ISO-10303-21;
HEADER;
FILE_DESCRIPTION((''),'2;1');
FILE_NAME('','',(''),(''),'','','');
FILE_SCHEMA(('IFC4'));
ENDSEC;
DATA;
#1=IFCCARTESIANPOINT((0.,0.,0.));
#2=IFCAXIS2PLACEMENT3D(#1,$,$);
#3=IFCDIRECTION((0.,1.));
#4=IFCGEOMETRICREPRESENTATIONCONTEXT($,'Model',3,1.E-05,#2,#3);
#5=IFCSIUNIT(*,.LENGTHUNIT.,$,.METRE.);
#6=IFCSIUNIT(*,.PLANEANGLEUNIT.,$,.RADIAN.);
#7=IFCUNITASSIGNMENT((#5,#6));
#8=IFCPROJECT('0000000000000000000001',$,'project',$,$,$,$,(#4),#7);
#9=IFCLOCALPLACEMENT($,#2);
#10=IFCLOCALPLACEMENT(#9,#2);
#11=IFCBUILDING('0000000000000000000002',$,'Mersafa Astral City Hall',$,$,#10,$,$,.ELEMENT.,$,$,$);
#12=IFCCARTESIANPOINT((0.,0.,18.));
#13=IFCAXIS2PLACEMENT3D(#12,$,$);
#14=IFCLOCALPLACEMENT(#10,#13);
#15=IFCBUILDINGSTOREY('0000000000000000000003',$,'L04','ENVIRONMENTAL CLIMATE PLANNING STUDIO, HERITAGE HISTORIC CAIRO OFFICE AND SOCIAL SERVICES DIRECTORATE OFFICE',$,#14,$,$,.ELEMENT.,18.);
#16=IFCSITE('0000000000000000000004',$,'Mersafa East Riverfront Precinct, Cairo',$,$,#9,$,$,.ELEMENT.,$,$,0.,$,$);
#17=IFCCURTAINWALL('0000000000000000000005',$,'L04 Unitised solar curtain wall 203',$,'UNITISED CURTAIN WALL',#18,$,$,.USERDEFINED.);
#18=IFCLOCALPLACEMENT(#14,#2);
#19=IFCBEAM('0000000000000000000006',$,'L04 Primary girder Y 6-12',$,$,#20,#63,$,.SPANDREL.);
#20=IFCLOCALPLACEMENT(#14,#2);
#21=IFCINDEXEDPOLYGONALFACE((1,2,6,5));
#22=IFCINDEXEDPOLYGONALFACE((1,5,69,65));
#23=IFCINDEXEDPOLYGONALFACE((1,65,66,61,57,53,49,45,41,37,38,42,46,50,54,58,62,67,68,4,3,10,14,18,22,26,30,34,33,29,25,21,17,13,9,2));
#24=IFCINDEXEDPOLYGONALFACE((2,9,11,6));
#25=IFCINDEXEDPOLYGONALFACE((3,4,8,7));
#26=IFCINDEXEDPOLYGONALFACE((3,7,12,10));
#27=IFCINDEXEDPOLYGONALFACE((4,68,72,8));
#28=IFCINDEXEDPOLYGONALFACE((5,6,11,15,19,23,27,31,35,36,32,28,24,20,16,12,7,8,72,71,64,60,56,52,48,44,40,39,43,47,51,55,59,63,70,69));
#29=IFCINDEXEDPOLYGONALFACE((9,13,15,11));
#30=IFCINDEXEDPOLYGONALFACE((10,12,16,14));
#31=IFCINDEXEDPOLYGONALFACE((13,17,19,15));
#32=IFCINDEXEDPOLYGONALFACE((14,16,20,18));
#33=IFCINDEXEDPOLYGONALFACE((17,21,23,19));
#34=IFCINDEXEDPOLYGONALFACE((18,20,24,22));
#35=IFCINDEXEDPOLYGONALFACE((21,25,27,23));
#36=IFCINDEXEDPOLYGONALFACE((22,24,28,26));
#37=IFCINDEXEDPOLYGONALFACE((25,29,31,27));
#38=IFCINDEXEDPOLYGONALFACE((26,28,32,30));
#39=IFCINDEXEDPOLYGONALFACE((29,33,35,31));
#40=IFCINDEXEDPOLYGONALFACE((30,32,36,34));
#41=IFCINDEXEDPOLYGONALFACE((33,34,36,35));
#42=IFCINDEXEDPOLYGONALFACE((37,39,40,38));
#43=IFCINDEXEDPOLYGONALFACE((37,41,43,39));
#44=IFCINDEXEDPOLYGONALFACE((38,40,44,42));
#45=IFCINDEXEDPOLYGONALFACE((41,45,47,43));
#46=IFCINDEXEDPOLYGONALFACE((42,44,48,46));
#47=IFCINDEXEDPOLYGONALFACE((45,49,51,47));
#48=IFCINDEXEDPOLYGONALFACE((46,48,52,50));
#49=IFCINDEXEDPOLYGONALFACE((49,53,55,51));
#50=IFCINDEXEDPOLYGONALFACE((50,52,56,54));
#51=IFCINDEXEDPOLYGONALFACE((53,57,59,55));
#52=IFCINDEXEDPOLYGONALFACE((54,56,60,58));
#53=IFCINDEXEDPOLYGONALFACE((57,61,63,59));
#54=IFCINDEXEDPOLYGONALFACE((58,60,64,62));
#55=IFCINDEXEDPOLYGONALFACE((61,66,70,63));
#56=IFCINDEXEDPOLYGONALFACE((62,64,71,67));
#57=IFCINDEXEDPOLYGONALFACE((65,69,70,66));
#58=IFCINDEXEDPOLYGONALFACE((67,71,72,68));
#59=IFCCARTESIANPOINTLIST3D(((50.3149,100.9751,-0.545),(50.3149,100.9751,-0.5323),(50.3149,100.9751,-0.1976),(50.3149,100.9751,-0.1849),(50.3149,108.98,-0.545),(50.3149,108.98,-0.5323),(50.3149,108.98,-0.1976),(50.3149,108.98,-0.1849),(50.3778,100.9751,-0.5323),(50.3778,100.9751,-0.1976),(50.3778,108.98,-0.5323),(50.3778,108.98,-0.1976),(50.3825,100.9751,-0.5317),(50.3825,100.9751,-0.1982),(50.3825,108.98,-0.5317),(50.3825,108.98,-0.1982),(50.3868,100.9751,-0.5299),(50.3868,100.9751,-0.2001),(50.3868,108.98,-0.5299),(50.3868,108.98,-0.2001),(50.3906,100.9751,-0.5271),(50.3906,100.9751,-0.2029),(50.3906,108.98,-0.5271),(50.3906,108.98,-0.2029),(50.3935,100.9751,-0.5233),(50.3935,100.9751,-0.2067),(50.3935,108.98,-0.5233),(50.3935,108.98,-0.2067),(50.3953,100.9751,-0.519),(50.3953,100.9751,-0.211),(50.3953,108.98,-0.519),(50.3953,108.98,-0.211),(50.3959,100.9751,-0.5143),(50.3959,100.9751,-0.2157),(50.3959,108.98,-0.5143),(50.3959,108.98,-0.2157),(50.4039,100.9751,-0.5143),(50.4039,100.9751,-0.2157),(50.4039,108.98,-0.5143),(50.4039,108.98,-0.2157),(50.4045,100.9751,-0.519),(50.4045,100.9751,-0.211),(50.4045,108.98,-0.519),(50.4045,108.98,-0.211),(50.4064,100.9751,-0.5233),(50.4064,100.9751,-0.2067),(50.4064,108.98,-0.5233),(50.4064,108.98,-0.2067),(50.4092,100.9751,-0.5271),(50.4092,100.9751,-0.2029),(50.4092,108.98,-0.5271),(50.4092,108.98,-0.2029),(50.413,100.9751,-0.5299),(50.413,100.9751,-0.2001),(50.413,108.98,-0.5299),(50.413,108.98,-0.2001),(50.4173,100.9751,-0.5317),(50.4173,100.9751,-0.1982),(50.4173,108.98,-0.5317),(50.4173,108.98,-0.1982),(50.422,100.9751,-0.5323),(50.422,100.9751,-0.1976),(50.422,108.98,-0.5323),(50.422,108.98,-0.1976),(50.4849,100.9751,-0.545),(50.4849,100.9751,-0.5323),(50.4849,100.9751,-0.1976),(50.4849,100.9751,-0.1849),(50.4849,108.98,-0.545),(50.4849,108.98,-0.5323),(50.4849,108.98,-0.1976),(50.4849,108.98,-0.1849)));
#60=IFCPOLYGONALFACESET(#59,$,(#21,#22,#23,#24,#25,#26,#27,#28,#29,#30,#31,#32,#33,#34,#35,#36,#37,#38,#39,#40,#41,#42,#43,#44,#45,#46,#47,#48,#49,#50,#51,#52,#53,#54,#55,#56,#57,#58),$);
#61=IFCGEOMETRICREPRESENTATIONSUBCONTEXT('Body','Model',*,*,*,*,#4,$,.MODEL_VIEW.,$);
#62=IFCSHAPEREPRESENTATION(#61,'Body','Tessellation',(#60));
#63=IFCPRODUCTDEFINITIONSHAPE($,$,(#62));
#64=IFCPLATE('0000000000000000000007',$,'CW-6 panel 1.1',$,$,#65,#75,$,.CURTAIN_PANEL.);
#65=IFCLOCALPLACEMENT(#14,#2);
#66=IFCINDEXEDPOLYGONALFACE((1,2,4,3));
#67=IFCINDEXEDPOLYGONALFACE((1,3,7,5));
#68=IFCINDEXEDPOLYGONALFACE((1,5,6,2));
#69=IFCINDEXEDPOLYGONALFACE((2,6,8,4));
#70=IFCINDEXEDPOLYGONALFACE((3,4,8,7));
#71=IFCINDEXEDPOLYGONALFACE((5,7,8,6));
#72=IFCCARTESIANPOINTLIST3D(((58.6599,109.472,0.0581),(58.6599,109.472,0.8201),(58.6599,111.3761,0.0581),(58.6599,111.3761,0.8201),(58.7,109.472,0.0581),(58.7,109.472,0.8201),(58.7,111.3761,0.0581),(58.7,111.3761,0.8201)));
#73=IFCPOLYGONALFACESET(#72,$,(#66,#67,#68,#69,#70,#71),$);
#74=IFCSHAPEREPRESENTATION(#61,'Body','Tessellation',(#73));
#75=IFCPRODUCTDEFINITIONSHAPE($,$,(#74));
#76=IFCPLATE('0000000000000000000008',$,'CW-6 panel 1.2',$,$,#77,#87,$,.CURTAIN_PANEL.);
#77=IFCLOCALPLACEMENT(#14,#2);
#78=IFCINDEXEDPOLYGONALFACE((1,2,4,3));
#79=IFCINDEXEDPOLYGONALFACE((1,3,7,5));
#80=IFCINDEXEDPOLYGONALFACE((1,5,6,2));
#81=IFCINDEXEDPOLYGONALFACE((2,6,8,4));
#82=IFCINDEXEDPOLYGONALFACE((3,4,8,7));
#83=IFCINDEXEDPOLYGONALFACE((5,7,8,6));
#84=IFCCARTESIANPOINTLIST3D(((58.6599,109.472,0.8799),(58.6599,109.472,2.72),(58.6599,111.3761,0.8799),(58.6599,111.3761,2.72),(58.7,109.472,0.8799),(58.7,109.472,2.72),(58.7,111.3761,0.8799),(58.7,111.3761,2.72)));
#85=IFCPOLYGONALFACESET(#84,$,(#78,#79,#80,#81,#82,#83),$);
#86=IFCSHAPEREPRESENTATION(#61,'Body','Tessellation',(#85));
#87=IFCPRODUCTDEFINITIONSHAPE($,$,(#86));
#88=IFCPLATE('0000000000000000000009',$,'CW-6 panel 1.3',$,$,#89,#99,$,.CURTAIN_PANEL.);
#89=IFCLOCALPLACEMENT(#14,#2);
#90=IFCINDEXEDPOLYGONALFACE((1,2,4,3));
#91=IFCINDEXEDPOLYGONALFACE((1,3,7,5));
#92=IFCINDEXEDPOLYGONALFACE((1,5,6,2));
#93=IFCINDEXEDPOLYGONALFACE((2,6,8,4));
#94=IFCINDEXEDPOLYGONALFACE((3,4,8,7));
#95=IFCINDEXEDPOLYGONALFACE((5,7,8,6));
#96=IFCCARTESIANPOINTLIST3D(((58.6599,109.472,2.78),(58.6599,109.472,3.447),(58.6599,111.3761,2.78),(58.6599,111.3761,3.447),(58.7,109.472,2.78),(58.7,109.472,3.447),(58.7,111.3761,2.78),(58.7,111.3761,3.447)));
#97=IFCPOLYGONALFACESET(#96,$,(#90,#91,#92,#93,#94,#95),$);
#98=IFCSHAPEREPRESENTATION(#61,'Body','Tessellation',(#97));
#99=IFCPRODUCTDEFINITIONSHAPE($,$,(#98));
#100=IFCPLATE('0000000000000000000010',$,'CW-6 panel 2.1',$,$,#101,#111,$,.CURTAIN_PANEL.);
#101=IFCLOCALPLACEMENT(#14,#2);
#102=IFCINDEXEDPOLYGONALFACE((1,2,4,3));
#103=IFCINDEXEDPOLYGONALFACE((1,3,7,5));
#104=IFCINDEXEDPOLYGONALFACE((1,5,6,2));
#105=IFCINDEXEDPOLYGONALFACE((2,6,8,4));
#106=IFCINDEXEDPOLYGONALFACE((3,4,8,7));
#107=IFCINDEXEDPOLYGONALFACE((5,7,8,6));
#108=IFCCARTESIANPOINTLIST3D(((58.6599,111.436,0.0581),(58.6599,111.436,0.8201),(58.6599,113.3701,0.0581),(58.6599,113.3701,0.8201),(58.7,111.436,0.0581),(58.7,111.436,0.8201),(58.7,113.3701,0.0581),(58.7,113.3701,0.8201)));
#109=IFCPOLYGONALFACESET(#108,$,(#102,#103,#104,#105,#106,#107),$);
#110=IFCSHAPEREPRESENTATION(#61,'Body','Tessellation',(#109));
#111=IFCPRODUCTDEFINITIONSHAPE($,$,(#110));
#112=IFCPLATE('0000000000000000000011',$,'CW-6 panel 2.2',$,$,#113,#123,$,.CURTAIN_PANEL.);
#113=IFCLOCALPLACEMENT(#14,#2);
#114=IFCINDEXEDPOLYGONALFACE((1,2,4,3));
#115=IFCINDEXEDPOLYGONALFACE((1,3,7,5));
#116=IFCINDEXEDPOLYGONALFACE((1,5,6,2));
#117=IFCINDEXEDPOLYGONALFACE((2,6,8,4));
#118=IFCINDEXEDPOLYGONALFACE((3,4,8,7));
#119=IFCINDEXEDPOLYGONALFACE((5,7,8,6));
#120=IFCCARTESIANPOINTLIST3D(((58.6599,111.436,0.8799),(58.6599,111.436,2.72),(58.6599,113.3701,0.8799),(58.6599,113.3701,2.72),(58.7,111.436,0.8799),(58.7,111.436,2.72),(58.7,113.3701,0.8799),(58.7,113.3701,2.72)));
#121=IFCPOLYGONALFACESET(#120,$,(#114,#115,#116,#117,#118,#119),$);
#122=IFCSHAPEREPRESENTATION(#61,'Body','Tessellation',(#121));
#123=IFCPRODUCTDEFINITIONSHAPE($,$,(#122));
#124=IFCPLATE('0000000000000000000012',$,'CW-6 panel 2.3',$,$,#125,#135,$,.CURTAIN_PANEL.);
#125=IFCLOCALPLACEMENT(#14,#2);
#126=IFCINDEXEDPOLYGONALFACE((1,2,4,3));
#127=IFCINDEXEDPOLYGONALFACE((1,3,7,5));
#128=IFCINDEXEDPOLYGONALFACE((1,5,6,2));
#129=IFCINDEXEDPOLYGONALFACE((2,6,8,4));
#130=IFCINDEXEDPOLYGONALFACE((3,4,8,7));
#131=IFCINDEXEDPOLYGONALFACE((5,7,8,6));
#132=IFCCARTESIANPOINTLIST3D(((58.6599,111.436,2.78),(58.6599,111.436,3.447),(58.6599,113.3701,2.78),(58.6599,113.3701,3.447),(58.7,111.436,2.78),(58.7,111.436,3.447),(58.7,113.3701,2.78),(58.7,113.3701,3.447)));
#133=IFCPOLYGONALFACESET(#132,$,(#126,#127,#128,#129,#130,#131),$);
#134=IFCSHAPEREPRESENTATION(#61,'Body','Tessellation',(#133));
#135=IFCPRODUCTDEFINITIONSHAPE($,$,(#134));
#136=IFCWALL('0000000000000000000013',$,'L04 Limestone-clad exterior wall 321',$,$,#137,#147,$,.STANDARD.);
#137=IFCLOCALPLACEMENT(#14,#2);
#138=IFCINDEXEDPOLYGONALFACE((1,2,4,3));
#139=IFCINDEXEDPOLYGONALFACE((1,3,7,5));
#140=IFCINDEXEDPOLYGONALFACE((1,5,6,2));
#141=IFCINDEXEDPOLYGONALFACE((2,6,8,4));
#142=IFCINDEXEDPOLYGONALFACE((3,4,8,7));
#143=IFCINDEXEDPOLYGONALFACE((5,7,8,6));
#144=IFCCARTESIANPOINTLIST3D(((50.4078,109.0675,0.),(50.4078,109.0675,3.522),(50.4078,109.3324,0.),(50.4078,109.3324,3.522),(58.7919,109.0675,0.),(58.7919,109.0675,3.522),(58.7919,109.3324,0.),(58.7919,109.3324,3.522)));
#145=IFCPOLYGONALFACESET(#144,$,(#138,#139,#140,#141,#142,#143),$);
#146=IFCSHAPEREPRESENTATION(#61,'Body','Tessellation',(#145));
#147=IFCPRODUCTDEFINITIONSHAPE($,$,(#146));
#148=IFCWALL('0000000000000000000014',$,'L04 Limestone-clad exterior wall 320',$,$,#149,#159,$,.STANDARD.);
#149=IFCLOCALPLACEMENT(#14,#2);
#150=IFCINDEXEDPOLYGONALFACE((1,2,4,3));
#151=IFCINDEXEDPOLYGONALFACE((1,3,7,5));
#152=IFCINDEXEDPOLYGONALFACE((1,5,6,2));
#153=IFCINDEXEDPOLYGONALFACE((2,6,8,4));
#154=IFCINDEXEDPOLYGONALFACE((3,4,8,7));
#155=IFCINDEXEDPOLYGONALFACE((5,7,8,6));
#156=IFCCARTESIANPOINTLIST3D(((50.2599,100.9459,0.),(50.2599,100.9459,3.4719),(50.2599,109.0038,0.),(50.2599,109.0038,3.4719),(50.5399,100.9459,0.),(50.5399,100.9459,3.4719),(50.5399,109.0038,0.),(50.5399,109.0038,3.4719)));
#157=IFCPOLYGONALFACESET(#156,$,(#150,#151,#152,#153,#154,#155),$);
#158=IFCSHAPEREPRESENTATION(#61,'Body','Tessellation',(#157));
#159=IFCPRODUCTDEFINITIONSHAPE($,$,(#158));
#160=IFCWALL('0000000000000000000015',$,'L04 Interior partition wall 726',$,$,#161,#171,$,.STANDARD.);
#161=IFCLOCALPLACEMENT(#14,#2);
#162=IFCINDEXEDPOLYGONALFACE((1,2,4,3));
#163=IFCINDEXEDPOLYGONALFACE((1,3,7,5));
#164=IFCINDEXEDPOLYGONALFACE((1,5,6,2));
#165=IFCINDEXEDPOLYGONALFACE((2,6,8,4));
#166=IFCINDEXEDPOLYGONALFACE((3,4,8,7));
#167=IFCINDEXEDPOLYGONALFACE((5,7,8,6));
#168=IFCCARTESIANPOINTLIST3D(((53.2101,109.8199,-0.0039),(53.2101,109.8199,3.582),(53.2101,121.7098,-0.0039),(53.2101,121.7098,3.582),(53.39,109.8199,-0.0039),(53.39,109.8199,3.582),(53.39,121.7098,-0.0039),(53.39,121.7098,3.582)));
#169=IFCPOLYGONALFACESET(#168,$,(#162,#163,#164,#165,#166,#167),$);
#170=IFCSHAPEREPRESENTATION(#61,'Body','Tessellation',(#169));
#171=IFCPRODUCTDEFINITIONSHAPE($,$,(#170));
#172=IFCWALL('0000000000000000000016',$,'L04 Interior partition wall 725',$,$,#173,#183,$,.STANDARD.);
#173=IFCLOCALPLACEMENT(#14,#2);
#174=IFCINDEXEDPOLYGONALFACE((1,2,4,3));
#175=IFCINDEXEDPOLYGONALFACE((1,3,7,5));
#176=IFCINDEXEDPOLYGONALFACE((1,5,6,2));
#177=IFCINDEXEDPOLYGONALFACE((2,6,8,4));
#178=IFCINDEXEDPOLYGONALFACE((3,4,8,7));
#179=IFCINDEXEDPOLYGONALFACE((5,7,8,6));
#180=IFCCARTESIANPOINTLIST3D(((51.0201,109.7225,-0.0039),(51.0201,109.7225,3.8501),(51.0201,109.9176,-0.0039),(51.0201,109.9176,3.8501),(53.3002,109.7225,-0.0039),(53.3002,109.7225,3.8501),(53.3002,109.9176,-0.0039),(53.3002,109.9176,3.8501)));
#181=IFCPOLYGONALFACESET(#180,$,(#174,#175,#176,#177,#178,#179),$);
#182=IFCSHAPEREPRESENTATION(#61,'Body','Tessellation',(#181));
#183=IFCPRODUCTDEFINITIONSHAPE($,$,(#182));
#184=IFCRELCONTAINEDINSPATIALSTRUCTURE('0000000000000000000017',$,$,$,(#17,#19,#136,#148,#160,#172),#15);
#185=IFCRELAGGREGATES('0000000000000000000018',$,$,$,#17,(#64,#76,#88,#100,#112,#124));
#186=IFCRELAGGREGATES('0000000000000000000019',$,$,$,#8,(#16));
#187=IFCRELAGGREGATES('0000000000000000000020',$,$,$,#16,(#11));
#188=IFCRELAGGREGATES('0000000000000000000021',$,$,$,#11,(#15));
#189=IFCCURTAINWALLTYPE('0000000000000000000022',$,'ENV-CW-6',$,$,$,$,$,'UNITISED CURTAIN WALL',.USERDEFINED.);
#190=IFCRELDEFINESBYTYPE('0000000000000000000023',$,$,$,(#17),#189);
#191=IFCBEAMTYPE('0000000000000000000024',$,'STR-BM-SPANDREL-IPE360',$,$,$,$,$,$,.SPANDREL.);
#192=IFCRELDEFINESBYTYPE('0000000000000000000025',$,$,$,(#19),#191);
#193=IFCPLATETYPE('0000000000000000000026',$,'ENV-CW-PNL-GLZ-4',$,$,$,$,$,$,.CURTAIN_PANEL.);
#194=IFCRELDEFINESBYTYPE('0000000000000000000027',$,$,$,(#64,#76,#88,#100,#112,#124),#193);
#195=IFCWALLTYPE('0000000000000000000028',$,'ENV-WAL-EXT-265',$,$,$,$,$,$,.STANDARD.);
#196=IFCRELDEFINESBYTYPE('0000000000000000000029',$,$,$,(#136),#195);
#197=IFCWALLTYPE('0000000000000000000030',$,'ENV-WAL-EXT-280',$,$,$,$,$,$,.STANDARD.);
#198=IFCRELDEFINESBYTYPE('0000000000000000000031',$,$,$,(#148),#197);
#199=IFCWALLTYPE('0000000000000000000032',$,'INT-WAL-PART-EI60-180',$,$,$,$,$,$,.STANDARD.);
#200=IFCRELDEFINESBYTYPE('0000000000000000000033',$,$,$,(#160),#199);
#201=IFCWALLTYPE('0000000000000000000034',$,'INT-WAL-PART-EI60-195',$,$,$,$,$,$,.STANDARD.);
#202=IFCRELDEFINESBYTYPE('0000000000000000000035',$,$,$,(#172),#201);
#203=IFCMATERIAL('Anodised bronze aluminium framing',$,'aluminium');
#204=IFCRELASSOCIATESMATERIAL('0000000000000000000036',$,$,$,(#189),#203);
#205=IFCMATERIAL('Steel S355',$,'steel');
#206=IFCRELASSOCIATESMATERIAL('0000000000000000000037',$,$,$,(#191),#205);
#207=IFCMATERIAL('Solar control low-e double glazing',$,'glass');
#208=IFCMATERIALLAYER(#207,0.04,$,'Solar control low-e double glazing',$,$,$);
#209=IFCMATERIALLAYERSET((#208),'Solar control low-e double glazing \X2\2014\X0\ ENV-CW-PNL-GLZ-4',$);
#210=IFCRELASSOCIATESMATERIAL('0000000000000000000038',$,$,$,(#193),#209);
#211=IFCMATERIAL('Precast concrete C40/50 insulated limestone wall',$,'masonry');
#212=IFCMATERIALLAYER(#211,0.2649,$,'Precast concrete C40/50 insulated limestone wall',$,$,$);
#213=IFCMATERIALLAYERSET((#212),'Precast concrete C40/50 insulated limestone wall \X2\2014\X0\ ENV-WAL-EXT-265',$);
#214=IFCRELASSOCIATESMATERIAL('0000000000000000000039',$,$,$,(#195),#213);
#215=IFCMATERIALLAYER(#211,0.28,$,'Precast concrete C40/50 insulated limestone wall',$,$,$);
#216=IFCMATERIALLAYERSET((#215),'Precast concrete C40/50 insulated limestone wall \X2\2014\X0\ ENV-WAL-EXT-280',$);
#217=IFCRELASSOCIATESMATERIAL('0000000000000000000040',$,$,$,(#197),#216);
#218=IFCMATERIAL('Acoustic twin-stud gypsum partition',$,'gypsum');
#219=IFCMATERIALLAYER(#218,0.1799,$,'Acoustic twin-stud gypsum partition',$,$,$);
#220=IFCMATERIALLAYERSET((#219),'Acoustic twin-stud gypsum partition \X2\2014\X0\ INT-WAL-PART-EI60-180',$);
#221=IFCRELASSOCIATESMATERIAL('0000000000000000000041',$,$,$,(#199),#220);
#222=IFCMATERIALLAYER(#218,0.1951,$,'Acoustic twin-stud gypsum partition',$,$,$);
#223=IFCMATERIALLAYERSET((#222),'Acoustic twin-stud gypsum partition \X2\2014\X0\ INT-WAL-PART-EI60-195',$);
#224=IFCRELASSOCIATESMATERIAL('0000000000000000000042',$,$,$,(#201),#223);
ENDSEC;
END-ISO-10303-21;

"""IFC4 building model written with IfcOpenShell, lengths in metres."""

from ifc_helpers import new_model, si_unit, direction, frame, frame_2d, origin, origin_2d, place, context, subcontext, project, spatial, rectangle, i_section, extrude, material, layer, layer_set, material_profile, profile_set, type_object, element, aggregate, save


model = new_model("IFC4")

# Units and contexts
model_context = context("Model", 3, precision=1e-05, world=origin(), true_north=direction((0.0, 1.0)))
body_context = subcontext(model_context, "Body", "Model", "MODEL_VIEW")
ifc_project = project(units=[si_unit("LENGTHUNIT", "METRE"), si_unit("PLANEANGLEUNIT", "RADIAN")], contexts=[model_context])

# Site, building, storey
site_placement = place(None, origin())
site = spatial("IfcSite", under=ifc_project, at=site_placement, Name="Mersafa East Riverfront Precinct, Cairo", CompositionType="ELEMENT", RefElevation=0.0)
building_placement = place(site_placement, origin())
building = spatial("IfcBuilding", under=site, at=building_placement, Name="Mersafa Astral City Hall", CompositionType="ELEMENT")
storey_placement = place(building_placement, frame((0.0, 0.0, 18.0)))
storey = spatial("IfcBuildingStorey", under=building, at=storey_placement, Name="L04", Description="ENVIRONMENTAL CLIMATE PLANNING STUDIO, HERITAGE HISTORIC CAIRO OFFICE AND SOCIAL SERVICES DIRECTORATE OFFICE", CompositionType="ELEMENT", Elevation=18.0)

# Shared definitions
ifc_material_1 = material(Name="Steel S355", Category="steel")

# Curtain wall
ifc_material_2 = material(Name="Anodised bronze aluminium framing", Category="aluminium")
curtain_wall_type = type_object("IfcCurtainWallType", Name="ENV-CW-6", ElementType="UNITISED CURTAIN WALL", PredefinedType="USERDEFINED", material=ifc_material_2)
curtain_wall_placement = place(storey_placement, origin())
curtain_wall = element("IfcCurtainWall", 1, at=curtain_wall_placement, inside=storey, type_object=curtain_wall_type, Name="L04 Unitised solar curtain wall 203", ObjectType="UNITISED CURTAIN WALL", PredefinedType="USERDEFINED")

# Beam
ifc_material_profile_1 = material_profile(ifc_material_1, i_section(OverallWidth=0.1699, OverallDepth=0.3601, WebThickness=0.0081, FlangeThickness=0.0127, FilletRadius=0.0181, at=origin_2d()), Name="IPE 360")
ifc_profile_set_1 = profile_set([ifc_material_profile_1], Name="Steel S355")
beam_type_1 = type_object("IfcBeamType", Name="STR-BM-SPANDREL-IPE360", PredefinedType="SPANDREL", material=ifc_profile_set_1)
beam_1_placement = place(storey_placement, frame((50.3999, 100.9751, -0.365), z_axis=(0.0, 1.0, 0.0), x_axis=(-1.0, 0.0, 0.0)))
element("IfcBeam", 2, at=beam_1_placement, inside=storey, type_object=beam_type_1, Name="L04 Primary girder Y 6-12", PredefinedType="SPANDREL", context=body_context, shape_type="SweptSolid", body=[
    extrude(i_section(OverallWidth=0.1699, OverallDepth=0.3601, WebThickness=0.0081, FlangeThickness=0.0127, FilletRadius=0.0181, at=origin_2d()), origin(), (0.0, 0.0, 1.0), 8.0049),
])

# Plates
ifc_material_3 = material(Name="Solar control low-e double glazing", Category="glass")
ifc_layer_1 = layer(ifc_material_3, 0.04, Name="Solar control low-e double glazing")
ifc_layer_set_1 = layer_set([ifc_layer_1], Name="Solar control low-e double glazing — ENV-CW-PNL-GLZ-4")
plate_type = type_object("IfcPlateType", Name="ENV-CW-PNL-GLZ-4", PredefinedType="CURTAIN_PANEL", material=ifc_layer_set_1)
plate_1_placement = place(storey_placement, frame((58.6799, 110.4241, 0.0581), z_axis=(0.0, 0.0, 1.0), x_axis=(0.0, 1.0, 0.0)))
plate_1 = element("IfcPlate", 3, at=plate_1_placement, type_object=plate_type, Name="CW-6 panel 1.1", PredefinedType="CURTAIN_PANEL", context=body_context, shape_type="SweptSolid", body=[
    extrude(rectangle(XDim=1.9041, YDim=0.04, at=origin_2d()), origin(), (0.0, 0.0, 1.0), 0.762),
])
plate_2_placement = place(storey_placement, frame((58.6799, 110.4241, 0.8799), z_axis=(0.0, 0.0, 1.0), x_axis=(0.0, 1.0, 0.0)))
plate_2 = element("IfcPlate", 4, at=plate_2_placement, type_object=plate_type, Name="CW-6 panel 1.2", PredefinedType="CURTAIN_PANEL", context=body_context, shape_type="SweptSolid", body=[
    extrude(rectangle(XDim=1.9041, YDim=0.04, at=origin_2d()), origin(), (0.0, 0.0, 1.0), 1.8401),
])
plate_3_placement = place(storey_placement, frame((58.6799, 110.4241, 2.78), z_axis=(0.0, 0.0, 1.0), x_axis=(0.0, 1.0, 0.0)))
plate_3 = element("IfcPlate", 5, at=plate_3_placement, type_object=plate_type, Name="CW-6 panel 1.3", PredefinedType="CURTAIN_PANEL", context=body_context, shape_type="SweptSolid", body=[
    extrude(rectangle(XDim=1.9041, YDim=0.04, at=origin_2d()), origin(), (0.0, 0.0, 1.0), 0.667),
])
plate_4_placement = place(storey_placement, frame((58.6799, 112.4031, 0.0581), z_axis=(0.0, 0.0, 1.0), x_axis=(0.0, 1.0, 0.0)))
plate_4 = element("IfcPlate", 6, at=plate_4_placement, type_object=plate_type, Name="CW-6 panel 2.1", PredefinedType="CURTAIN_PANEL", context=body_context, shape_type="SweptSolid", body=[
    extrude(rectangle(XDim=1.9341, YDim=0.04, at=origin_2d()), origin(), (0.0, 0.0, 1.0), 0.762),
])
plate_5_placement = place(storey_placement, frame((58.6799, 112.4031, 0.8799), z_axis=(0.0, 0.0, 1.0), x_axis=(0.0, 1.0, 0.0)))
plate_5 = element("IfcPlate", 7, at=plate_5_placement, type_object=plate_type, Name="CW-6 panel 2.2", PredefinedType="CURTAIN_PANEL", context=body_context, shape_type="SweptSolid", body=[
    extrude(rectangle(XDim=1.9341, YDim=0.04, at=origin_2d()), origin(), (0.0, 0.0, 1.0), 1.8401),
])
plate_6_placement = place(storey_placement, frame((58.6799, 112.4031, 2.78), z_axis=(0.0, 0.0, 1.0), x_axis=(0.0, 1.0, 0.0)))
plate_6 = element("IfcPlate", 8, at=plate_6_placement, type_object=plate_type, Name="CW-6 panel 2.3", PredefinedType="CURTAIN_PANEL", context=body_context, shape_type="SweptSolid", body=[
    extrude(rectangle(XDim=1.9341, YDim=0.04, at=origin_2d()), origin(), (0.0, 0.0, 1.0), 0.667),
])
aggregate(curtain_wall, [plate_1, plate_2, plate_3, plate_4, plate_5, plate_6])

# Walls
ifc_material_4 = material(Name="Precast concrete C40/50 insulated limestone wall", Category="masonry")
ifc_layer_2 = layer(ifc_material_4, 0.2649, Name="Precast concrete C40/50 insulated limestone wall")
ifc_layer_set_2 = layer_set([ifc_layer_2], Name="Precast concrete C40/50 insulated limestone wall — ENV-WAL-EXT-265")
wall_type_1 = type_object("IfcWallType", Name="ENV-WAL-EXT-265", PredefinedType="STANDARD", material=ifc_layer_set_2)
wall_1_placement = place(storey_placement, frame((50.408, 109.2, 0.0), z_axis=(0.0, 0.0, 1.0), x_axis=(1.0, 0.0, 0.0)))
element("IfcWall", 9, at=wall_1_placement, inside=storey, type_object=wall_type_1, Name="L04 Limestone-clad exterior wall 321", PredefinedType="STANDARD", context=body_context, shape_type="SweptSolid", body=[
    extrude(rectangle(XDim=8.384, YDim=0.2649, at=frame_2d((4.1919, 0.0))), origin(), (0.0, 0.0, 1.0), 3.522),
])
ifc_layer_3 = layer(ifc_material_4, 0.28, Name="Precast concrete C40/50 insulated limestone wall")
ifc_layer_set_3 = layer_set([ifc_layer_3], Name="Precast concrete C40/50 insulated limestone wall — ENV-WAL-EXT-280")
wall_type_2 = type_object("IfcWallType", Name="ENV-WAL-EXT-280", PredefinedType="STANDARD", material=ifc_layer_set_3)
wall_2_placement = place(storey_placement, frame((50.3999, 100.946, 0.0), z_axis=(0.0, 0.0, 1.0), x_axis=(0.0, 1.0, 0.0)))
element("IfcWall", 10, at=wall_2_placement, inside=storey, type_object=wall_type_2, Name="L04 Limestone-clad exterior wall 320", PredefinedType="STANDARD", context=body_context, shape_type="SweptSolid", body=[
    extrude(rectangle(XDim=8.0579, YDim=0.28, at=frame_2d((4.0288, 0.0))), origin(), (0.0, 0.0, 1.0), 3.4719),
])
ifc_material_5 = material(Name="Acoustic twin-stud gypsum partition", Category="gypsum")
ifc_layer_4 = layer(ifc_material_5, 0.1799, Name="Acoustic twin-stud gypsum partition")
ifc_layer_set_4 = layer_set([ifc_layer_4], Name="Acoustic twin-stud gypsum partition — INT-WAL-PART-EI60-180")
wall_type_3 = type_object("IfcWallType", Name="INT-WAL-PART-EI60-180", PredefinedType="STANDARD", material=ifc_layer_set_4)
wall_3_placement = place(storey_placement, frame((53.3, 109.8201, -0.0039), z_axis=(0.0, 0.0, 1.0), x_axis=(0.0, 1.0, 0.0)))
element("IfcWall", 11, at=wall_3_placement, inside=storey, type_object=wall_type_3, Name="L04 Interior partition wall 726", PredefinedType="STANDARD", context=body_context, shape_type="SweptSolid", body=[
    extrude(rectangle(XDim=11.8899, YDim=0.1799, at=frame_2d((5.9448, 0.0))), origin(), (0.0, 0.0, 1.0), 3.5859),
])
ifc_layer_5 = layer(ifc_material_5, 0.1951, Name="Acoustic twin-stud gypsum partition")
ifc_layer_set_5 = layer_set([ifc_layer_5], Name="Acoustic twin-stud gypsum partition — INT-WAL-PART-EI60-195")
wall_type_4 = type_object("IfcWallType", Name="INT-WAL-PART-EI60-195", PredefinedType="STANDARD", material=ifc_layer_set_5)
wall_4_placement = place(storey_placement, frame((51.02, 109.8201, -0.0039), z_axis=(0.0, 0.0, 1.0), x_axis=(1.0, 0.0, 0.0)))
element("IfcWall", 12, at=wall_4_placement, inside=storey, type_object=wall_type_4, Name="L04 Interior partition wall 725", PredefinedType="STANDARD", context=body_context, shape_type="SweptSolid", body=[
    extrude(rectangle(XDim=2.28, YDim=0.1951, at=frame_2d((1.1401, 0.0))), origin(), (0.0, 0.0, 1.0), 3.854),
])

save(model, "model.ifc")
